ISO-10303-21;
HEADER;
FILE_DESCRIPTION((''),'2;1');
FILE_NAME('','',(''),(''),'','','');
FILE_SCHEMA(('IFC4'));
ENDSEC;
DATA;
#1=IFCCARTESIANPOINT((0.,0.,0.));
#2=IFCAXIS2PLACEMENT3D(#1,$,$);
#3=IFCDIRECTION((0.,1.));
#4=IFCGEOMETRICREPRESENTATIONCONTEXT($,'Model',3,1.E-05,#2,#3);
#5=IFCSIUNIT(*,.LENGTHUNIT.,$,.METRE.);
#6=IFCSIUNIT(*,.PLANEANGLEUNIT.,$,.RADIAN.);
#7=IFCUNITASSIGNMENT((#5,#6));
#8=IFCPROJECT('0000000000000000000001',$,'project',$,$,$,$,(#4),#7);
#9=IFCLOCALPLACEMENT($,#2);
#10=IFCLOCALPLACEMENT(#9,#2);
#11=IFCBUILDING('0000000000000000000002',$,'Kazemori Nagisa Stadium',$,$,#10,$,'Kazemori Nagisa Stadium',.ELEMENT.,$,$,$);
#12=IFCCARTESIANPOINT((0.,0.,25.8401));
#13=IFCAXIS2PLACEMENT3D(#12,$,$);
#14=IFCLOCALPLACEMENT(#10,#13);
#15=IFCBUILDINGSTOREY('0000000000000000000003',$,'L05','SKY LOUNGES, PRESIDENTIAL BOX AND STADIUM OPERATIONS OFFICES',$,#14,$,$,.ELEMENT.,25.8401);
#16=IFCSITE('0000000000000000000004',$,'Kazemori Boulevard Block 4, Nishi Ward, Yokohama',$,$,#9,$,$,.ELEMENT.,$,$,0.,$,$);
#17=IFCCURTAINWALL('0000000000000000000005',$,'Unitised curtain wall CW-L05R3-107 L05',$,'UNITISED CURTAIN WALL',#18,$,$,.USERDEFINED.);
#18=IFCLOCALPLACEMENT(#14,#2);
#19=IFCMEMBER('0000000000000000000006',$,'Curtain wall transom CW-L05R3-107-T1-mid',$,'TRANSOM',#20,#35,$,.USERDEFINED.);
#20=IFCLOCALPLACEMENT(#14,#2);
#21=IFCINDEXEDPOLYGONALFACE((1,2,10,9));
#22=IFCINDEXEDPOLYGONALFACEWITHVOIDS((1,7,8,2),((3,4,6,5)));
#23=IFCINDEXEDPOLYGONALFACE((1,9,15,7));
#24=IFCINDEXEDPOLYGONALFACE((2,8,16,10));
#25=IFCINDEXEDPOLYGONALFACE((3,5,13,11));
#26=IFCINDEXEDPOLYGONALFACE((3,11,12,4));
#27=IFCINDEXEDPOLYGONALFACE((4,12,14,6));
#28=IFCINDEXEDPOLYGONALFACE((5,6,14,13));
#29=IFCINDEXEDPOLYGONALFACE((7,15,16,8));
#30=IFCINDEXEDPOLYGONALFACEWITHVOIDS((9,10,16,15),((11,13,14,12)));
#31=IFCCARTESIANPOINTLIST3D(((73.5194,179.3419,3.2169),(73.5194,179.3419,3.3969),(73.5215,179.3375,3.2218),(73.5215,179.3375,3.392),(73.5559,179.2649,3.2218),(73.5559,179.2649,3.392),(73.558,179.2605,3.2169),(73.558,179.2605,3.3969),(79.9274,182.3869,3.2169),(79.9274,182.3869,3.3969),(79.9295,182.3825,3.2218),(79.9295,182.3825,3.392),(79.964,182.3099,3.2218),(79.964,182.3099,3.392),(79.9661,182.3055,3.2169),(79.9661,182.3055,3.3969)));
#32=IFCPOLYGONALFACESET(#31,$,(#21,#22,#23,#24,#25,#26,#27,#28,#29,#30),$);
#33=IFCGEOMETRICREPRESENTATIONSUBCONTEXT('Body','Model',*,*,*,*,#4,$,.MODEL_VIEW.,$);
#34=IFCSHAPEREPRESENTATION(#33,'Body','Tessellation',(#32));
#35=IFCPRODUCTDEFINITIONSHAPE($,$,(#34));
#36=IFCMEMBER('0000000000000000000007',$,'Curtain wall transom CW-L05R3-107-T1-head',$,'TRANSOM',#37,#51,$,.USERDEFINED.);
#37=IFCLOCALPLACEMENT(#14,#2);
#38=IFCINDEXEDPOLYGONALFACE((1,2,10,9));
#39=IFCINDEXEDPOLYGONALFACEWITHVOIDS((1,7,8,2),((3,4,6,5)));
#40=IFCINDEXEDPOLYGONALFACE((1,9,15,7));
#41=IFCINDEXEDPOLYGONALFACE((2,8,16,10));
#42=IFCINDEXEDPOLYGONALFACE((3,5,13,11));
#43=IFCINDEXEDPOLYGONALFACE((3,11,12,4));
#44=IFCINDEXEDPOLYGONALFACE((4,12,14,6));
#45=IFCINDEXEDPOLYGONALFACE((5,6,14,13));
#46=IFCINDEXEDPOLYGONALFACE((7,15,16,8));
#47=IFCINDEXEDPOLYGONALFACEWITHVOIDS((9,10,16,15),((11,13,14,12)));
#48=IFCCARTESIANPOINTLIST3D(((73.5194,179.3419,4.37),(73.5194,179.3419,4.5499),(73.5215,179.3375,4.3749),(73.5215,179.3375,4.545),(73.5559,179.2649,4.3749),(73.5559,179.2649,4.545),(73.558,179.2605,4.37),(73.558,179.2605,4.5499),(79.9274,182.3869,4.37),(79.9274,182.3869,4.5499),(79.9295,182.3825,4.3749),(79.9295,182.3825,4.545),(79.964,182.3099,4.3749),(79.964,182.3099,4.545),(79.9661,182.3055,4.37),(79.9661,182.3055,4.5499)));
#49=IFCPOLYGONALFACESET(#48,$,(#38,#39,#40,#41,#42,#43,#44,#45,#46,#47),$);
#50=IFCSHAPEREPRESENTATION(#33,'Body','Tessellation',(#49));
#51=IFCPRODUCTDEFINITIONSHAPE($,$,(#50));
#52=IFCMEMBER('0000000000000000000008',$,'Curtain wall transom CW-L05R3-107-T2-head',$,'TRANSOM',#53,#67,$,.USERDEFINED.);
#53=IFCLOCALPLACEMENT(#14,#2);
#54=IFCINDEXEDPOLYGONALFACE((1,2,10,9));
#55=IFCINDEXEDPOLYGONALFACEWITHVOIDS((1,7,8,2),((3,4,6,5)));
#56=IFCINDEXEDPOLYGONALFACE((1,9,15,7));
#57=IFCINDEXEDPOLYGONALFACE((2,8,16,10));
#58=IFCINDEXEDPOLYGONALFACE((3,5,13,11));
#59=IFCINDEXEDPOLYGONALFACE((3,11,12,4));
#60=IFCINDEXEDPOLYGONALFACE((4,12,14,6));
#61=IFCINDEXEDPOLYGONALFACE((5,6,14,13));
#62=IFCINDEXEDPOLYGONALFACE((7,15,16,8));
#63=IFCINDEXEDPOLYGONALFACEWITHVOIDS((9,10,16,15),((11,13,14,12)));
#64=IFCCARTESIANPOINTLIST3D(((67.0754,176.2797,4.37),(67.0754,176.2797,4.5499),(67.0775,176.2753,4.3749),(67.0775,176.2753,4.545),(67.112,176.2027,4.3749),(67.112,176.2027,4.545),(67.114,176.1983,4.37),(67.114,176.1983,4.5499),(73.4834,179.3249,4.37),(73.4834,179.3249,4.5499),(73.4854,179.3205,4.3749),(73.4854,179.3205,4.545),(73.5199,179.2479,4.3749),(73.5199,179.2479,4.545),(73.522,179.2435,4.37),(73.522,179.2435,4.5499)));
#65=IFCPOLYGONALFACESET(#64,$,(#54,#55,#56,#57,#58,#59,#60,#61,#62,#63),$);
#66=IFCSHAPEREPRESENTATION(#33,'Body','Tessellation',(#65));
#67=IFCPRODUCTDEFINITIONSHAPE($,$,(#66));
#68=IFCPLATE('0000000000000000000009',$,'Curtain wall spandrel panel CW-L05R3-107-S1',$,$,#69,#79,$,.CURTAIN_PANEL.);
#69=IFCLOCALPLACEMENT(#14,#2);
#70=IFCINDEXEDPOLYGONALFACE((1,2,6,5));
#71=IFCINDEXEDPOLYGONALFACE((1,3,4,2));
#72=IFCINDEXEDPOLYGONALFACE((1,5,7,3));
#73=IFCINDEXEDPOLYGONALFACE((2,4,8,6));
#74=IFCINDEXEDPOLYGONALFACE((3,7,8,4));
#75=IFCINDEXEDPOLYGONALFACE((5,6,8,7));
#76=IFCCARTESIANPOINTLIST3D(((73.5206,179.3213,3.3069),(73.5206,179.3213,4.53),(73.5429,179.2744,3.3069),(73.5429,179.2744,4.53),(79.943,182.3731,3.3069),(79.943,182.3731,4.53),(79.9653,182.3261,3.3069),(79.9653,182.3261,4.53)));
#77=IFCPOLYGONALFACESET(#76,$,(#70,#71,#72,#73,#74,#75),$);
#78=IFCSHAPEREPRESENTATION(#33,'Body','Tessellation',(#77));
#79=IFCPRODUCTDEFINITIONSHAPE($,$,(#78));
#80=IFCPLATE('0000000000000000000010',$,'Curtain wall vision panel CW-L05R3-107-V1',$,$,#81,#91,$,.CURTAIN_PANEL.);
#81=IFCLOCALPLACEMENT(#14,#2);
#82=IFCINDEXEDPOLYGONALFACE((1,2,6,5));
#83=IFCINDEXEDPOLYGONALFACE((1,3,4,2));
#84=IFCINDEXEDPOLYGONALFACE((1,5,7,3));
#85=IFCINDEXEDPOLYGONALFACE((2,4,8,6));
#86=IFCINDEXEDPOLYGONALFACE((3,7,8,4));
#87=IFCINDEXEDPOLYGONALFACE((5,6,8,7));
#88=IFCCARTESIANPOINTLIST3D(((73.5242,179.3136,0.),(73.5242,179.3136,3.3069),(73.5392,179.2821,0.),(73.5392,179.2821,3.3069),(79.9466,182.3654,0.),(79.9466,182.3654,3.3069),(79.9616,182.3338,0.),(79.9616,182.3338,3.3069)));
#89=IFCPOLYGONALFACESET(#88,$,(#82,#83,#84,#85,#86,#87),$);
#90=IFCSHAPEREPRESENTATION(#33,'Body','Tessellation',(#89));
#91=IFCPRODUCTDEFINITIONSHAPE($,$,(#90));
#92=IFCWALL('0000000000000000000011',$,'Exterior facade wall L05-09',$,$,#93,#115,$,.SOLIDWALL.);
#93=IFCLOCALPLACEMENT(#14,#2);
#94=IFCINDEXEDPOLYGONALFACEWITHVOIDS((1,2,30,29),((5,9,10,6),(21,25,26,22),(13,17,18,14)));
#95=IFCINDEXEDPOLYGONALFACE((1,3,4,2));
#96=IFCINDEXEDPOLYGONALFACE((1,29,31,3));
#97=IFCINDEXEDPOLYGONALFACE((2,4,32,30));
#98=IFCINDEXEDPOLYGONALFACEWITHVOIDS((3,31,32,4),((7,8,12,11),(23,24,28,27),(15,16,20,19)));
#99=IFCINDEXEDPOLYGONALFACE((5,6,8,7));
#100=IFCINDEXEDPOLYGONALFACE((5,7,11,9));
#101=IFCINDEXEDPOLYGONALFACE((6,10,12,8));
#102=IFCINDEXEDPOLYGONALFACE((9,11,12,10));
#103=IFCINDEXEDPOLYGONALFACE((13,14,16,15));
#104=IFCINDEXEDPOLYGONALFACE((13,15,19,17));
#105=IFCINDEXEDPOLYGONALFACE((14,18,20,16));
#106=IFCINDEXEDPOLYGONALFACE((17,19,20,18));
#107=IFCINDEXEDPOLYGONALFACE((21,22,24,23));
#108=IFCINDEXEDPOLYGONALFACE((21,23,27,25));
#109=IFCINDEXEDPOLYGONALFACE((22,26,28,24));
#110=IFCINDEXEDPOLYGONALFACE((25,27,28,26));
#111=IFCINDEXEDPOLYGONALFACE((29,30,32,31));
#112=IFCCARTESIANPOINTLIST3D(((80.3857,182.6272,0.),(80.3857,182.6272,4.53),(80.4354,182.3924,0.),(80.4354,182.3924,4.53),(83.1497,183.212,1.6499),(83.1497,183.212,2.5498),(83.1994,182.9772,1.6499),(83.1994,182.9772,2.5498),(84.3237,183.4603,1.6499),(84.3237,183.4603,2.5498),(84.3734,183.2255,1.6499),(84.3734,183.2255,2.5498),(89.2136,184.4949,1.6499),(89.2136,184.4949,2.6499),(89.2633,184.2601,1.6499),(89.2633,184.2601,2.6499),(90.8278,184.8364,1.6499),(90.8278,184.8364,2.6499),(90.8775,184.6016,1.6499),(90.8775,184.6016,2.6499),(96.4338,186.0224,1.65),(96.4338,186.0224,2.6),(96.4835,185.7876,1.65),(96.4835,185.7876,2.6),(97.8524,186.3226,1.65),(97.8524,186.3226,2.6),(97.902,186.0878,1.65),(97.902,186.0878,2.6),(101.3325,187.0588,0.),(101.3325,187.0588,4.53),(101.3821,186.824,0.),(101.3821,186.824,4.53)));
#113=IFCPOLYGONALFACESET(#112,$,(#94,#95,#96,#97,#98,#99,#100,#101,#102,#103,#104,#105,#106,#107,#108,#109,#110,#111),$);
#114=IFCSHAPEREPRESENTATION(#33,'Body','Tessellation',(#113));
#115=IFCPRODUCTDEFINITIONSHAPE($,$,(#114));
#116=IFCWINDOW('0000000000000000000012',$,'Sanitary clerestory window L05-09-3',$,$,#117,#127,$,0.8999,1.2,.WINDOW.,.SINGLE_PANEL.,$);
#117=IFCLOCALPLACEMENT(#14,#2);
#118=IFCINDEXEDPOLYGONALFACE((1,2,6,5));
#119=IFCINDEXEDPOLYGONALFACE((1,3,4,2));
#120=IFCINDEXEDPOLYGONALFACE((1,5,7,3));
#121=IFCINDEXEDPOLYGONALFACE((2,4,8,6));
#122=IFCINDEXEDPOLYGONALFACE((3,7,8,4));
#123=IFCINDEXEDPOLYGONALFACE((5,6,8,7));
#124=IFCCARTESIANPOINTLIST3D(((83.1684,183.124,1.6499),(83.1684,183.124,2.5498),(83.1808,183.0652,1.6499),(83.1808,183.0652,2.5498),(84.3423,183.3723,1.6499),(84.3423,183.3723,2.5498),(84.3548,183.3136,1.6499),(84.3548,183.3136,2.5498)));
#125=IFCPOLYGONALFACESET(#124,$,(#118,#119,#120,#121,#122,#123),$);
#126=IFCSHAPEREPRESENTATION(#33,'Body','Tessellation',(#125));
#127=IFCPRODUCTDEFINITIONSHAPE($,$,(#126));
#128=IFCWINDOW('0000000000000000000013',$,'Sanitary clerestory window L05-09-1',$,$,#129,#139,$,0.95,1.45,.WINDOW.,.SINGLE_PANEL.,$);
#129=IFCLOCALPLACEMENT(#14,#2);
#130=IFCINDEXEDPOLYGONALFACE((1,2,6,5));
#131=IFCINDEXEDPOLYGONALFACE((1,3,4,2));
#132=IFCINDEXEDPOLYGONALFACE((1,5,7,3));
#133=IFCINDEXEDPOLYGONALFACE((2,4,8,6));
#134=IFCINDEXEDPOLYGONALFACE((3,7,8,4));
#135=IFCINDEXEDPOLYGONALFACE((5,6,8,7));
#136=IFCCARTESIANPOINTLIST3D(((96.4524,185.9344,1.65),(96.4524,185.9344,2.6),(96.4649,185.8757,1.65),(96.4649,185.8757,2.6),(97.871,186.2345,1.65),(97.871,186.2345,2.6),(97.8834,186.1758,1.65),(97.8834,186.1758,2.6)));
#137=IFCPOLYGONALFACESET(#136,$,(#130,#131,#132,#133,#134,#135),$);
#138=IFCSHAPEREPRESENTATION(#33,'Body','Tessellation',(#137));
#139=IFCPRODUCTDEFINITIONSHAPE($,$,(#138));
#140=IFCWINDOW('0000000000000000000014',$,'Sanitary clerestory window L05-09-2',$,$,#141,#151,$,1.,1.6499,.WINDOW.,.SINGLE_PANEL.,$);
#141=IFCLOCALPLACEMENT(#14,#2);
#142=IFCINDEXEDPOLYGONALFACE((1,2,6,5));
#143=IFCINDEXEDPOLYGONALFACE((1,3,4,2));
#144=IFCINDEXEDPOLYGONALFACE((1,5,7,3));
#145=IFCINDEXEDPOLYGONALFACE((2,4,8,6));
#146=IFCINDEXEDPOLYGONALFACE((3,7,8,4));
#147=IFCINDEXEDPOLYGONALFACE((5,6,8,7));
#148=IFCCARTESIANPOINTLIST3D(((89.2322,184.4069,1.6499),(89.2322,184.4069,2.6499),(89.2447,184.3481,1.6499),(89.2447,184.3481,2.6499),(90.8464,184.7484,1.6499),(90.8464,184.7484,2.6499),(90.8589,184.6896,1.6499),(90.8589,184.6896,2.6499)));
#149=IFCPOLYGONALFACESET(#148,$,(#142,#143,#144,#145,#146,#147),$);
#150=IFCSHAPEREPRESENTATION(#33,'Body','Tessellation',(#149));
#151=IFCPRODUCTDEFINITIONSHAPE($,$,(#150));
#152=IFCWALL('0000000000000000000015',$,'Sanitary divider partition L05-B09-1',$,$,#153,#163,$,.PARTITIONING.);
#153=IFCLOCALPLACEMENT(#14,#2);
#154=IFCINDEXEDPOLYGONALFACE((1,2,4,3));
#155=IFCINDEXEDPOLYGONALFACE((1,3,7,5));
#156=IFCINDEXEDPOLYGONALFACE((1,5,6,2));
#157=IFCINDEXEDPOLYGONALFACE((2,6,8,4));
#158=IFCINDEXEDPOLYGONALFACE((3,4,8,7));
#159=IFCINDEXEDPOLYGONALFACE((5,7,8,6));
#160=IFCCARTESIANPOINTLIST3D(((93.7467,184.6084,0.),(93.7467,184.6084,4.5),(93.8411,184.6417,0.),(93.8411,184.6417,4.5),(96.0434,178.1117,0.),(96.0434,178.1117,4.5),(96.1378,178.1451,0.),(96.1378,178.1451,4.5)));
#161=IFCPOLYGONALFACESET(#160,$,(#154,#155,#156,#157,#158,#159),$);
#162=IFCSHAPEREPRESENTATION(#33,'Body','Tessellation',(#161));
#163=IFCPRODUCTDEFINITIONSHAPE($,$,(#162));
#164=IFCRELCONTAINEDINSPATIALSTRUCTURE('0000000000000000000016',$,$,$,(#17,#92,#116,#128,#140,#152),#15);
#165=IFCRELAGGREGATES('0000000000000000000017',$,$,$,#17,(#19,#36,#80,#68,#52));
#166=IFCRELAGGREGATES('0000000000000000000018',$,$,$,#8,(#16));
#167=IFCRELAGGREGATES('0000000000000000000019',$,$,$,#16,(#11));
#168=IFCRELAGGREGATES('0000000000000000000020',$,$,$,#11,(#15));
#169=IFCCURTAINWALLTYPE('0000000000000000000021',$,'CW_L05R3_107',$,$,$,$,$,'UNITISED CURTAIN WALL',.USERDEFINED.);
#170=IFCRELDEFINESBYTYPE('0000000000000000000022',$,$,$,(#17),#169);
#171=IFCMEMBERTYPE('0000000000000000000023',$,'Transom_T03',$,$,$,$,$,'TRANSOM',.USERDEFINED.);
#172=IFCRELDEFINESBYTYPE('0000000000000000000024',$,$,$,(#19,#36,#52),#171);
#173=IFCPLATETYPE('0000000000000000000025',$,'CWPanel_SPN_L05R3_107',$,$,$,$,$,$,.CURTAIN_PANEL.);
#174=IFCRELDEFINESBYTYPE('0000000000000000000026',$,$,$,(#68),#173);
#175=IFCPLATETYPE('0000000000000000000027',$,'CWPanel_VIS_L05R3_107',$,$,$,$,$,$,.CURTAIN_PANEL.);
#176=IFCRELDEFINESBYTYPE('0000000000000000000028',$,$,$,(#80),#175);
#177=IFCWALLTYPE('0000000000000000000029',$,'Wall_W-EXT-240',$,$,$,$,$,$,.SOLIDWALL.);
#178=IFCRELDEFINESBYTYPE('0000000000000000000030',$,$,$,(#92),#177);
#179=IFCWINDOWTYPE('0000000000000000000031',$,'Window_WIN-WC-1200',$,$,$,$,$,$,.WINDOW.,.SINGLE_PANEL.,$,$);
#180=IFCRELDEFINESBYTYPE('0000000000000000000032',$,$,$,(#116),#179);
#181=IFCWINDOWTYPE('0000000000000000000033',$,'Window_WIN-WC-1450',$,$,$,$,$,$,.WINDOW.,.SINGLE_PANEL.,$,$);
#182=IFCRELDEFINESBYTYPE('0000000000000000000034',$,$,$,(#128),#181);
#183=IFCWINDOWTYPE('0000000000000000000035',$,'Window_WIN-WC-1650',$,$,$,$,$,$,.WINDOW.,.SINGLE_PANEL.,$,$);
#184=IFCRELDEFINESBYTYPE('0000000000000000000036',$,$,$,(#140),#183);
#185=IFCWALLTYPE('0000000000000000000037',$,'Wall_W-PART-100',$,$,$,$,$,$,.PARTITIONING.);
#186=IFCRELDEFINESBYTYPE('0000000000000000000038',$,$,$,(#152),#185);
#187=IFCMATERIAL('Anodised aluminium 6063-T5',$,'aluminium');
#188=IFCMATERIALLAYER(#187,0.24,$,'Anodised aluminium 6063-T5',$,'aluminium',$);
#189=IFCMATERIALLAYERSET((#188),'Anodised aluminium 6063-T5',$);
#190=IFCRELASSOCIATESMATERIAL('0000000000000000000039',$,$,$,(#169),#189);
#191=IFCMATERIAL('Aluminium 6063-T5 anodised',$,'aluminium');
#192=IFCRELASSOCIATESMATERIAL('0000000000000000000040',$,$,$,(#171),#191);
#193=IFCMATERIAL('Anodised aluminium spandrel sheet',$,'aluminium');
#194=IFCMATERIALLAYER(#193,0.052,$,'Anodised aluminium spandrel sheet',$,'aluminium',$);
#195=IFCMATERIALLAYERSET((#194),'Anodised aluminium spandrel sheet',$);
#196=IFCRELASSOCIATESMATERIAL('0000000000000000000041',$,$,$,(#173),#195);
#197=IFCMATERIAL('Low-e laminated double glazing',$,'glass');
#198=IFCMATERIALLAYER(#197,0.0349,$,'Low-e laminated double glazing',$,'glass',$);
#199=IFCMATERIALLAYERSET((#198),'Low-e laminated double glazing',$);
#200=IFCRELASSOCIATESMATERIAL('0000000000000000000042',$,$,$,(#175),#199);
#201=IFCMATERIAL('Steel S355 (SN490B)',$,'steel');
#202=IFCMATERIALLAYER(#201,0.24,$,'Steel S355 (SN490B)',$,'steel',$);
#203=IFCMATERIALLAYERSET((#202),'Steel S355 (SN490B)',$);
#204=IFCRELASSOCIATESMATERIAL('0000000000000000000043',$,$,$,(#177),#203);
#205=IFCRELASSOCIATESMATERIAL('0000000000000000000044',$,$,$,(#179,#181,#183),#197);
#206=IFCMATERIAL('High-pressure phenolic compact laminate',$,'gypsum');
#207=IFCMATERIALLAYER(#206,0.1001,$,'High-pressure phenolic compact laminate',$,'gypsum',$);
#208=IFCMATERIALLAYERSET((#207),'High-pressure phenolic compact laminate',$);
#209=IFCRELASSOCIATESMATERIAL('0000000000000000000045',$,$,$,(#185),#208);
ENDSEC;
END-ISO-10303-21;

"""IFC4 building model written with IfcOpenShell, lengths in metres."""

from ifc_helpers import new_model, si_unit, direction, frame, frame_2d, origin, origin_2d, place, context, subcontext, project, spatial, rectangle, hollow_rectangle, extrude, material, layer, layer_set, material_profile, profile_set, type_object, element, fill, aggregate, save


model = new_model("IFC4")

# Units and contexts
model_context = context("Model", 3, precision=1e-05, world=origin(), true_north=direction((0.0, 1.0)))
body_context = subcontext(model_context, "Body", "Model", "MODEL_VIEW")
ifc_project = project(units=[si_unit("LENGTHUNIT", "METRE"), si_unit("PLANEANGLEUNIT", "RADIAN")], contexts=[model_context])

# Site, building, storey
site_placement = place(None, origin())
site = spatial("IfcSite", under=ifc_project, at=site_placement, Name="Kazemori Boulevard Block 4, Nishi Ward, Yokohama", CompositionType="ELEMENT", RefElevation=0.0)
building_placement = place(site_placement, origin())
building = spatial("IfcBuilding", under=site, at=building_placement, Name="Kazemori Nagisa Stadium", LongName="Kazemori Nagisa Stadium", CompositionType="ELEMENT")
storey_placement = place(building_placement, frame((0.0, 0.0, 25.8401)))
storey = spatial("IfcBuildingStorey", under=building, at=storey_placement, Name="L05", Description="SKY LOUNGES, PRESIDENTIAL BOX AND STADIUM OPERATIONS OFFICES", CompositionType="ELEMENT", Elevation=25.8401)

# Curtain wall, members, plates
ifc_material_1 = material(Name="Anodised aluminium 6063-T5", Category="aluminium")
ifc_layer_1 = layer(ifc_material_1, 0.24, Name="Anodised aluminium 6063-T5", Category="aluminium")
ifc_layer_set_1 = layer_set([ifc_layer_1], Name="Anodised aluminium 6063-T5")
curtain_wall_type = type_object("IfcCurtainWallType", Name="CW_L05R3_107", ElementType="UNITISED CURTAIN WALL", PredefinedType="USERDEFINED", material=ifc_layer_set_1)
curtain_wall_placement = place(storey_placement, origin())
curtain_wall = element("IfcCurtainWall", 1, at=curtain_wall_placement, inside=storey, type_object=curtain_wall_type, Name="Unitised curtain wall CW-L05R3-107 L05", ObjectType="UNITISED CURTAIN WALL", PredefinedType="USERDEFINED")
ifc_material_2 = material(Name="Aluminium 6063-T5 anodised", Category="aluminium")
ifc_material_profile_1 = material_profile(ifc_material_2, hollow_rectangle(XDim=0.0901, YDim=0.1799, WallThickness=0.0049, at=origin_2d()), Name="ALU-TRAN-90x180x5")
ifc_profile_set_1 = profile_set([ifc_material_profile_1], Name="Aluminium 6063-T5 anodised")
member_type_1 = type_object("IfcMemberType", Name="Transom_T03", ElementType="TRANSOM", PredefinedType="USERDEFINED", material=ifc_profile_set_1)
member_1_placement = place(storey_placement, frame((79.9468, 182.3462, 3.3069), z_axis=(-0.903215, -0.429188, 0.0), x_axis=(0.429188, -0.903215, 0.0)))
member_1 = element("IfcMember", 2, at=member_1_placement, type_object=member_type_1, Name="Curtain wall transom CW-L05R3-107-T1-mid", ObjectType="TRANSOM", PredefinedType="USERDEFINED", context=body_context, shape_type="SweptSolid", body=[
    extrude(hollow_rectangle(XDim=0.0901, YDim=0.1799, WallThickness=0.0049, at=origin_2d()), origin(), (0.0, 0.0, 1.0), 7.0947),
])
member_2_placement = place(storey_placement, frame((79.9468, 182.3462, 4.46), z_axis=(-0.903215, -0.429188, 0.0), x_axis=(0.429188, -0.903215, 0.0)))
member_2 = element("IfcMember", 3, at=member_2_placement, type_object=member_type_1, Name="Curtain wall transom CW-L05R3-107-T1-head", ObjectType="TRANSOM", PredefinedType="USERDEFINED", context=body_context, shape_type="SweptSolid", body=[
    extrude(hollow_rectangle(XDim=0.0901, YDim=0.1799, WallThickness=0.0049, at=origin_2d()), origin(), (0.0, 0.0, 1.0), 7.0947),
])
member_3_placement = place(storey_placement, frame((73.5027, 179.2842, 4.46), z_axis=(-0.903202, -0.429216, 0.0), x_axis=(0.429216, -0.903202, 0.0)))
member_3 = element("IfcMember", 4, at=member_3_placement, type_object=member_type_1, Name="Curtain wall transom CW-L05R3-107-T2-head", ObjectType="TRANSOM", PredefinedType="USERDEFINED", context=body_context, shape_type="SweptSolid", body=[
    extrude(hollow_rectangle(XDim=0.0901, YDim=0.1799, WallThickness=0.0049, at=origin_2d()), origin(), (0.0, 0.0, 1.0), 7.0947),
])
ifc_material_3 = material(Name="Anodised aluminium spandrel sheet", Category="aluminium")
ifc_layer_2 = layer(ifc_material_3, 0.052, Name="Anodised aluminium spandrel sheet", Category="aluminium")
ifc_layer_set_2 = layer_set([ifc_layer_2], Name="Anodised aluminium spandrel sheet")
plate_type_1 = type_object("IfcPlateType", Name="CWPanel_SPN_L05R3_107", PredefinedType="CURTAIN_PANEL", material=ifc_layer_set_2)
plate_1_placement = place(storey_placement, frame((76.7429, 180.8237, 3.3069), z_axis=(0.0, 0.0, 1.0), x_axis=(-0.903216, -0.429186, 0.0)))
plate_1 = element("IfcPlate", 5, at=plate_1_placement, type_object=plate_type_1, Name="Curtain wall spandrel panel CW-L05R3-107-S1", PredefinedType="CURTAIN_PANEL", context=body_context, shape_type="SweptSolid", body=[
    extrude(rectangle(XDim=7.1106, YDim=0.052, at=origin_2d()), origin(), (0.0, 0.0, 1.0), 1.2231),
])
ifc_material_4 = material(Name="Low-e laminated double glazing", Category="glass")
ifc_layer_3 = layer(ifc_material_4, 0.0349, Name="Low-e laminated double glazing", Category="glass")
ifc_layer_set_3 = layer_set([ifc_layer_3], Name="Low-e laminated double glazing")
plate_type_2 = type_object("IfcPlateType", Name="CWPanel_VIS_L05R3_107", PredefinedType="CURTAIN_PANEL", material=ifc_layer_set_3)
plate_2_placement = place(storey_placement, frame((76.7429, 180.8237, 0.0), z_axis=(0.0, 0.0, 1.0), x_axis=(-0.903216, -0.429186, 0.0)))
plate_2 = element("IfcPlate", 6, at=plate_2_placement, type_object=plate_type_2, Name="Curtain wall vision panel CW-L05R3-107-V1", PredefinedType="CURTAIN_PANEL", context=body_context, shape_type="SweptSolid", body=[
    extrude(rectangle(XDim=7.1106, YDim=0.0349, at=origin_2d()), origin(), (0.0, 0.0, 1.0), 3.3069),
])
aggregate(curtain_wall, [member_1, member_2, plate_2, plate_1, member_3])

# Wall, openings, windows
ifc_material_5 = material(Name="Steel S355 (SN490B)", Category="steel")
ifc_layer_4 = layer(ifc_material_5, 0.24, Name="Steel S355 (SN490B)", Category="steel")
ifc_layer_set_4 = layer_set([ifc_layer_4], Name="Steel S355 (SN490B)")
wall_type_1 = type_object("IfcWallType", Name="Wall_W-EXT-240", PredefinedType="SOLIDWALL", material=ifc_layer_set_4)
wall_1_placement = place(storey_placement, frame((101.3572, 186.9414, 0.0), z_axis=(0.0, 0.0, 1.0), x_axis=(-0.978344, -0.206985, 0.0)))
wall_1 = element("IfcWall", 7, at=wall_1_placement, inside=storey, type_object=wall_type_1, Name="Exterior facade wall L05-09", PredefinedType="SOLIDWALL", context=body_context, shape_type="SweptSolid", body=[
    extrude(rectangle(XDim=21.4104, YDim=0.24, at=frame_2d((10.7051, 0.0))), origin(), (0.0, 0.0, 1.0), 4.53),
])
opening_1_placement = place(wall_1_placement, frame((3.5569, 0.0, 1.6499)))
opening_1 = element("IfcOpeningElement", 8, at=opening_1_placement, cuts=wall_1, PredefinedType="OPENING", context=body_context, shape_type="SweptSolid", body=[
    extrude(rectangle(XDim=1.45, YDim=0.95, at=frame_2d((0.7251, 0.4751))), frame((0.0, 0.1299, 0.0), z_axis=(0.0, -1.0, 0.0), x_axis=(1.0, 0.0, 0.0)), (0.0, 0.0, 1.0), 0.26),
])
opening_2_placement = place(wall_1_placement, frame((10.7371, 0.0, 1.6499)))
opening_2 = element("IfcOpeningElement", 9, at=opening_2_placement, cuts=wall_1, PredefinedType="OPENING", context=body_context, shape_type="SweptSolid", body=[
    extrude(rectangle(XDim=1.6499, YDim=1.0, at=frame_2d((0.825, 0.5))), frame((0.0, 0.1299, 0.0), z_axis=(0.0, -1.0, 0.0), x_axis=(1.0, 0.0, 0.0)), (0.0, 0.0, 1.0), 0.26),
])
opening_3_placement = place(wall_1_placement, frame((17.385, 0.0, 1.6499)))
opening_3 = element("IfcOpeningElement", 10, at=opening_3_placement, cuts=wall_1, PredefinedType="OPENING", context=body_context, shape_type="SweptSolid", body=[
    extrude(rectangle(XDim=1.2, YDim=0.8999, at=frame_2d((0.6001, 0.45))), frame((0.0, 0.1299, 0.0), z_axis=(0.0, -1.0, 0.0), x_axis=(1.0, 0.0, 0.0)), (0.0, 0.0, 1.0), 0.26),
])
window_type_1 = type_object("IfcWindowType", Name="Window_WIN-WC-1200", PartitioningType="SINGLE_PANEL", PredefinedType="WINDOW", material=ifc_material_4)
window_1_placement = place(opening_3_placement, origin())
window_1 = element("IfcWindow", 11, at=window_1_placement, inside=storey, type_object=window_type_1, Name="Sanitary clerestory window L05-09-3", OverallHeight=0.8999, OverallWidth=1.2, PartitioningType="SINGLE_PANEL", PredefinedType="WINDOW", context=body_context, shape_type="SweptSolid", body=[
    extrude(rectangle(XDim=1.2, YDim=0.8999, at=frame_2d((0.6001, 0.45))), frame((0.0, 0.03, 0.0), z_axis=(0.0, -1.0, 0.0), x_axis=(1.0, 0.0, 0.0)), (0.0, 0.0, 1.0), 0.0601),
])
fill(opening_3, window_1)
window_type_2 = type_object("IfcWindowType", Name="Window_WIN-WC-1450", PartitioningType="SINGLE_PANEL", PredefinedType="WINDOW", material=ifc_material_4)
window_2_placement = place(opening_1_placement, origin())
window_2 = element("IfcWindow", 12, at=window_2_placement, inside=storey, type_object=window_type_2, Name="Sanitary clerestory window L05-09-1", OverallHeight=0.95, OverallWidth=1.45, PartitioningType="SINGLE_PANEL", PredefinedType="WINDOW", context=body_context, shape_type="SweptSolid", body=[
    extrude(rectangle(XDim=1.45, YDim=0.95, at=frame_2d((0.7251, 0.4751))), frame((0.0, 0.03, 0.0), z_axis=(0.0, -1.0, 0.0), x_axis=(1.0, 0.0, 0.0)), (0.0, 0.0, 1.0), 0.0601),
])
fill(opening_1, window_2)
window_type_3 = type_object("IfcWindowType", Name="Window_WIN-WC-1650", PartitioningType="SINGLE_PANEL", PredefinedType="WINDOW", material=ifc_material_4)
window_3_placement = place(opening_2_placement, origin())
window_3 = element("IfcWindow", 13, at=window_3_placement, inside=storey, type_object=window_type_3, Name="Sanitary clerestory window L05-09-2", OverallHeight=1.0, OverallWidth=1.6499, PartitioningType="SINGLE_PANEL", PredefinedType="WINDOW", context=body_context, shape_type="SweptSolid", body=[
    extrude(rectangle(XDim=1.6499, YDim=1.0, at=frame_2d((0.825, 0.5))), frame((0.0, 0.03, 0.0), z_axis=(0.0, -1.0, 0.0), x_axis=(1.0, 0.0, 0.0)), (0.0, 0.0, 1.0), 0.0601),
])
fill(opening_2, window_3)

# Wall
ifc_material_6 = material(Name="High-pressure phenolic compact laminate", Category="gypsum")
ifc_layer_5 = layer(ifc_material_6, 0.1001, Name="High-pressure phenolic compact laminate", Category="gypsum")
ifc_layer_set_5 = layer_set([ifc_layer_5], Name="High-pressure phenolic compact laminate")
wall_type_2 = type_object("IfcWallType", Name="Wall_W-PART-100", PredefinedType="PARTITIONING", material=ifc_layer_set_5)
wall_2_placement = place(storey_placement, frame((96.0906, 178.1284, 0.0), z_axis=(0.0, 0.0, 1.0), x_axis=(-0.3333, 0.942821, 0.0)))
element("IfcWall", 14, at=wall_2_placement, inside=storey, type_object=wall_type_2, Name="Sanitary divider partition L05-B09-1", PredefinedType="PARTITIONING", context=body_context, shape_type="SweptSolid", body=[
    extrude(rectangle(XDim=6.8906, YDim=0.1001, at=frame_2d((3.4453, 0.0))), origin(), (0.0, 0.0, 1.0), 4.5),
])

save(model, "model.ifc")
